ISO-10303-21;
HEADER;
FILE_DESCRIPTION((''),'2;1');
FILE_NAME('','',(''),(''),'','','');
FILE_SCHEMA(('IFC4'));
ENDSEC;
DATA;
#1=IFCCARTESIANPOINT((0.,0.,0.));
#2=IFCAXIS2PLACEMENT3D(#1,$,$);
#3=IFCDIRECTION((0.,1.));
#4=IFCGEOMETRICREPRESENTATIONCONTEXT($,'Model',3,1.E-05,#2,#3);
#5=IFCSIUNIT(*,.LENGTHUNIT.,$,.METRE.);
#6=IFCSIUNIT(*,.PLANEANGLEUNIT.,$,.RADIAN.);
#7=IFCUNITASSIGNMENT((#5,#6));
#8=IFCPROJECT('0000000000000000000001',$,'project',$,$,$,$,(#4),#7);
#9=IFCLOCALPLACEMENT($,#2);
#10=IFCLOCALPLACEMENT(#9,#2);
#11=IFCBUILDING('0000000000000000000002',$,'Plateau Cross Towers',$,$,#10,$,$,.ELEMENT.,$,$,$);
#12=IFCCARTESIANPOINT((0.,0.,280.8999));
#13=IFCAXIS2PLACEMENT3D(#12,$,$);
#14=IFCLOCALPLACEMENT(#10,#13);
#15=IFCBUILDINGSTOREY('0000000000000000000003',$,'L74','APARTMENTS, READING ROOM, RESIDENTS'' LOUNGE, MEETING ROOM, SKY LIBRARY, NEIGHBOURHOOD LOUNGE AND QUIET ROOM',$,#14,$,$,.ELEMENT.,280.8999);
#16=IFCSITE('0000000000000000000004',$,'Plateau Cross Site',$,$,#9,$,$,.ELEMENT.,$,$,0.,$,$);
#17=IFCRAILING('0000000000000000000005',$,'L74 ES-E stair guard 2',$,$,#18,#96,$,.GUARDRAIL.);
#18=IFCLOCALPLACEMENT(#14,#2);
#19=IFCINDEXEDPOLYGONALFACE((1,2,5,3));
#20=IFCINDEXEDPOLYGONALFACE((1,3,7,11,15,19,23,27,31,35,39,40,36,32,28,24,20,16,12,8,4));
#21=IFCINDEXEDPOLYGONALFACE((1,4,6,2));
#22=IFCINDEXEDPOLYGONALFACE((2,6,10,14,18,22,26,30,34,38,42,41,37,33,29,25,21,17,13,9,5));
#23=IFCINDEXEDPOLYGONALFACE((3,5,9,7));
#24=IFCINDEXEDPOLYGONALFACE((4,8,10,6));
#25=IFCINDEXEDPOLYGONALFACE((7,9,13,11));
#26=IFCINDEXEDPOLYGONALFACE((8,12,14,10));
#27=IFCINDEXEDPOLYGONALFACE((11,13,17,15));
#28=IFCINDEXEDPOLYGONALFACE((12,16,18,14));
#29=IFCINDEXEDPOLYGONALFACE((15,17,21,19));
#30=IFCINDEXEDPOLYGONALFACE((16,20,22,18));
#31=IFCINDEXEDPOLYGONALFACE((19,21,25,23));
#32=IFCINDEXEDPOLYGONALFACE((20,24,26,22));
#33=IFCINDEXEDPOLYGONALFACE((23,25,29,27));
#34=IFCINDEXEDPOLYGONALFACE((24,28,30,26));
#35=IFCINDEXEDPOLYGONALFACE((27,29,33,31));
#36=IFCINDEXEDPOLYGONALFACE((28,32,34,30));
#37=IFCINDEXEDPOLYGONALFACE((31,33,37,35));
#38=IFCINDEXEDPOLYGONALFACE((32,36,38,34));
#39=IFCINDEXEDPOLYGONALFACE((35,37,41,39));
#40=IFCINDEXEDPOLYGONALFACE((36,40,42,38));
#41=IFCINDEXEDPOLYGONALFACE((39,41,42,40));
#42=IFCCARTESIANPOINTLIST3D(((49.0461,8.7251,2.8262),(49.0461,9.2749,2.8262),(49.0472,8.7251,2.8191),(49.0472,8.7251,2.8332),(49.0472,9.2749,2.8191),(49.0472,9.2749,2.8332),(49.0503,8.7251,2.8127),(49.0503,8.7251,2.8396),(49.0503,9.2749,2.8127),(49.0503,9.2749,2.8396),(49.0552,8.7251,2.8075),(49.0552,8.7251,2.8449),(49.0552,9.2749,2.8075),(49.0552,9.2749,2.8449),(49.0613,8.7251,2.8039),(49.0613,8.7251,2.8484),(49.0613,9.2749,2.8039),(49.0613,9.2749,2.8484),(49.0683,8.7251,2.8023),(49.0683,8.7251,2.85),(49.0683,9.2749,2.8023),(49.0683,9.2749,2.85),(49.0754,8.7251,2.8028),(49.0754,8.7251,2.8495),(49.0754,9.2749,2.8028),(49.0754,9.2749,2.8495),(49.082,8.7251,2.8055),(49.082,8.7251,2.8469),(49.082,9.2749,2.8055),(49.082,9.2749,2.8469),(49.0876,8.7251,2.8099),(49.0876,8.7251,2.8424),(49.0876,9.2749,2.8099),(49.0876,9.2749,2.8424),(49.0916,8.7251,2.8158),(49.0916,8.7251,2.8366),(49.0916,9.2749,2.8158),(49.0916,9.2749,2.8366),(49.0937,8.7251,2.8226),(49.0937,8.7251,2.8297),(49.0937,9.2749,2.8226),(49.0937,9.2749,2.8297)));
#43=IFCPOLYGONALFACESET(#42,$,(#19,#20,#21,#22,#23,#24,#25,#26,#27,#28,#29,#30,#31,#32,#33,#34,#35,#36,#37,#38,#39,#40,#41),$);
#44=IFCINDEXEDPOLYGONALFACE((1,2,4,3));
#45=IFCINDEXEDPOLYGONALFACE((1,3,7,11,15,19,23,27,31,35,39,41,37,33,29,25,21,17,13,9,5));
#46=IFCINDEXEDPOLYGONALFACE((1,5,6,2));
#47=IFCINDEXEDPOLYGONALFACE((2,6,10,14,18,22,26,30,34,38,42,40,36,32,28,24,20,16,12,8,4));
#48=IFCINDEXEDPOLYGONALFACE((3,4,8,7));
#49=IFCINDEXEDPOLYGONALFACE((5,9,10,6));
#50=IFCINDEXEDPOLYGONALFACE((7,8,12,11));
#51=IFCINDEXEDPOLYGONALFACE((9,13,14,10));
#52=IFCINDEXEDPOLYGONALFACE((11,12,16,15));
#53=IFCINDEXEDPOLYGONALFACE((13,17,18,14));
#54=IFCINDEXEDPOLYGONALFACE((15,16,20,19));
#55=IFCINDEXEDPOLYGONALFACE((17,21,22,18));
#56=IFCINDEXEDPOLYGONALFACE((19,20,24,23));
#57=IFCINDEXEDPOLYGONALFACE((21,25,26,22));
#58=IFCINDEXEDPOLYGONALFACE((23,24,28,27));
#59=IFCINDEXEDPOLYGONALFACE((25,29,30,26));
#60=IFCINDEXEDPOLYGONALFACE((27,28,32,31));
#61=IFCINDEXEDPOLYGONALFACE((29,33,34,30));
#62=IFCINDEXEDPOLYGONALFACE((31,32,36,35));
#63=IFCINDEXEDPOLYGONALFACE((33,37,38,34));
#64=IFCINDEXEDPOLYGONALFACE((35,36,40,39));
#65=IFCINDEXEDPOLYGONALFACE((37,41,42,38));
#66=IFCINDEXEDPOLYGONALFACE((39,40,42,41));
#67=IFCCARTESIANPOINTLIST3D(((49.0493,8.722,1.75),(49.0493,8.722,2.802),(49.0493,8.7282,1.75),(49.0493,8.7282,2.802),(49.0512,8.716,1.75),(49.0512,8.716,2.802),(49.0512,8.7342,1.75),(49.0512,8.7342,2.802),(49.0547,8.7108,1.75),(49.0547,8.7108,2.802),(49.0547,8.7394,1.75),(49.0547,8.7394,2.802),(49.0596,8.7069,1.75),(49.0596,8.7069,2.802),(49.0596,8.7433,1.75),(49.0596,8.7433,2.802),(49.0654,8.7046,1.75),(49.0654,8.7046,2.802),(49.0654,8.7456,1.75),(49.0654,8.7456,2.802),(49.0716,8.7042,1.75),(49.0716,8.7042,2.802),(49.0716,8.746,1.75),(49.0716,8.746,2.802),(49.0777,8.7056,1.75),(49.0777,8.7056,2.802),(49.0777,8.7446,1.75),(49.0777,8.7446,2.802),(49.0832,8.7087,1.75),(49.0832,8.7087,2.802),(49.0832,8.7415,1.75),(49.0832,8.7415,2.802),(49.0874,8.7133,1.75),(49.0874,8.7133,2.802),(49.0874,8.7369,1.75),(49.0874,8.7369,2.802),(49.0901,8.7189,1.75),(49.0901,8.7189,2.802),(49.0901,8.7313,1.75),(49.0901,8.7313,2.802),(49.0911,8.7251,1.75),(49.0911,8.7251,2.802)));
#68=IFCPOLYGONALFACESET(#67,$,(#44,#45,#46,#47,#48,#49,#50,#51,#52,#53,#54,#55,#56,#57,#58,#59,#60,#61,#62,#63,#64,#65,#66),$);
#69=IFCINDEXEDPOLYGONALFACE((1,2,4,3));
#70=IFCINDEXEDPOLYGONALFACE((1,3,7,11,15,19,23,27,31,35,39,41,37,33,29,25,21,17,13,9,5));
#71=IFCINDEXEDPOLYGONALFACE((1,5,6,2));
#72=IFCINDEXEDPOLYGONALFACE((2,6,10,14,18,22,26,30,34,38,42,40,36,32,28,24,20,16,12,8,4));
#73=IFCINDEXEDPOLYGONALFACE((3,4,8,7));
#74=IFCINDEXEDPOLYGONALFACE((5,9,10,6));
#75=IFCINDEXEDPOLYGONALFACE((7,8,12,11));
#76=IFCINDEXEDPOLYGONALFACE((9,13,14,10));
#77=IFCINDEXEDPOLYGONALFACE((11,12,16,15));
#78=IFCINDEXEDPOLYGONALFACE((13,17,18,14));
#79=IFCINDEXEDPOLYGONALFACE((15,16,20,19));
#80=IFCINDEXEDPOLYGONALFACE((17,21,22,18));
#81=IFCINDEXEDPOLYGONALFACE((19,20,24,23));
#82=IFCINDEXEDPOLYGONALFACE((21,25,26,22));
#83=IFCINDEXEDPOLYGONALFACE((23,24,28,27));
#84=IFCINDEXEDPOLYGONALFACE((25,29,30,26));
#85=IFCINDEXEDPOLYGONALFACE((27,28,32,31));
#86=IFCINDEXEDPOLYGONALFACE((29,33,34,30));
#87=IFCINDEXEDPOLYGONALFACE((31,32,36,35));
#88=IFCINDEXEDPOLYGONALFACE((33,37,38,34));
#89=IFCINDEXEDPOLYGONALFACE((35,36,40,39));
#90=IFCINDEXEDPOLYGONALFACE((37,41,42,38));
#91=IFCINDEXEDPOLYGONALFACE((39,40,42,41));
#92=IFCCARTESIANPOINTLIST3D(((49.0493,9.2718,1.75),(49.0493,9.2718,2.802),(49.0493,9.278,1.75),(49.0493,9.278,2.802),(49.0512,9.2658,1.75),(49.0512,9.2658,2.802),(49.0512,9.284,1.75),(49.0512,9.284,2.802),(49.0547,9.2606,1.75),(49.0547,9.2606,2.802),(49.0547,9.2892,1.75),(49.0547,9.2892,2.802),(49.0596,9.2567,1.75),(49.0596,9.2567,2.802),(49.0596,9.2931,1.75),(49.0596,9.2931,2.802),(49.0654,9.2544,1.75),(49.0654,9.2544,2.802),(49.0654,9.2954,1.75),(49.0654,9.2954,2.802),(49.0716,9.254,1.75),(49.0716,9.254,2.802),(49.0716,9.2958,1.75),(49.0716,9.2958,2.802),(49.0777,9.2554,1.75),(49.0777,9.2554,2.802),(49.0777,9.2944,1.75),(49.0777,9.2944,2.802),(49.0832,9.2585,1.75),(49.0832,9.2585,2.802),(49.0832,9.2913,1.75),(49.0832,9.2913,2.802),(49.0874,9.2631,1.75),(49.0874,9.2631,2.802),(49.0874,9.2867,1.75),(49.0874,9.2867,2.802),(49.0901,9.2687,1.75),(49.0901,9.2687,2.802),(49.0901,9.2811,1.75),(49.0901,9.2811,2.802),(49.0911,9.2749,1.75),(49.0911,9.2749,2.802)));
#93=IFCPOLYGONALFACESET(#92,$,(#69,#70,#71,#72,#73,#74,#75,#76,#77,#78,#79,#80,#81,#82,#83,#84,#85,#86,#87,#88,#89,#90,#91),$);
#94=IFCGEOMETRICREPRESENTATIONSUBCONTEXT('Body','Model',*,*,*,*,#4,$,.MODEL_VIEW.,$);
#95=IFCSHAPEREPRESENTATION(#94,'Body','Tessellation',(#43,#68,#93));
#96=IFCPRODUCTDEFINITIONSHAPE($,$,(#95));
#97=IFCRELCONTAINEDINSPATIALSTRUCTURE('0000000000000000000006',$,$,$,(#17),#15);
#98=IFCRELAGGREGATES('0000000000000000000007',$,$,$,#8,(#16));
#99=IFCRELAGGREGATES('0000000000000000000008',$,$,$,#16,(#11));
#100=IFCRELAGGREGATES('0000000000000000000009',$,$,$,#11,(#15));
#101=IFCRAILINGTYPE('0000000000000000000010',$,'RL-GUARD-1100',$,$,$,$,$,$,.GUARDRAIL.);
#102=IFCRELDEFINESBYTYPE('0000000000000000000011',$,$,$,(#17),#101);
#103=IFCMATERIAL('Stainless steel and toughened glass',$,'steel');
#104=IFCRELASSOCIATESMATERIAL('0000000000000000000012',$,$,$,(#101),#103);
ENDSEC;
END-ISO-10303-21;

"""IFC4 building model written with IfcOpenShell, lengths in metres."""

from ifc_helpers import new_model, si_unit, direction, frame, origin, origin_2d, place, context, subcontext, project, spatial, circle, extrude, material, type_object, element, save


model = new_model("IFC4")

# Units and contexts
model_context = context("Model", 3, precision=1e-05, world=origin(), true_north=direction((0.0, 1.0)))
body_context = subcontext(model_context, "Body", "Model", "MODEL_VIEW")
ifc_project = project(units=[si_unit("LENGTHUNIT", "METRE"), si_unit("PLANEANGLEUNIT", "RADIAN")], contexts=[model_context])

# Site, building, storey
site_placement = place(None, origin())
site = spatial("IfcSite", under=ifc_project, at=site_placement, Name="Plateau Cross Site", CompositionType="ELEMENT", RefElevation=0.0)
building_placement = place(site_placement, origin())
building = spatial("IfcBuilding", under=site, at=building_placement, Name="Plateau Cross Towers", CompositionType="ELEMENT")
storey_placement = place(building_placement, frame((0.0, 0.0, 280.8999)))
storey = spatial("IfcBuildingStorey", under=building, at=storey_placement, Name="L74", Description="APARTMENTS, READING ROOM, RESIDENTS' LOUNGE, MEETING ROOM, SKY LIBRARY, NEIGHBOURHOOD LOUNGE AND QUIET ROOM", CompositionType="ELEMENT", Elevation=280.8999)

# Railing
ifc_material_1 = material(Name="Stainless steel and toughened glass", Category="steel")
railing_type_1 = type_object("IfcRailingType", Name="RL-GUARD-1100", PredefinedType="GUARDRAIL", material=ifc_material_1)
railing_1_placement = place(storey_placement, frame((49.0701, 8.7251, 1.75)))
element("IfcRailing", 1, at=railing_1_placement, inside=storey, type_object=railing_type_1, Name="L74 ES-E stair guard 2", PredefinedType="GUARDRAIL", context=body_context, shape_type="SweptSolid", body=[
    extrude(circle(Radius=0.0239, at=origin_2d()), frame((0.0, 0.0, 1.0762), z_axis=(0.0, 1.0, 0.0), x_axis=(-1.0, 0.0, 0.0)), (0.0, 0.0, 1.0), 0.5498),
    extrude(circle(Radius=0.021, at=origin_2d()), origin(), (0.0, 0.0, 1.0), 1.052),
    extrude(circle(Radius=0.021, at=origin_2d()), frame((0.0, 0.5498, 0.0)), (0.0, 0.0, 1.0), 1.052),
])

save(model, "model.ifc")
